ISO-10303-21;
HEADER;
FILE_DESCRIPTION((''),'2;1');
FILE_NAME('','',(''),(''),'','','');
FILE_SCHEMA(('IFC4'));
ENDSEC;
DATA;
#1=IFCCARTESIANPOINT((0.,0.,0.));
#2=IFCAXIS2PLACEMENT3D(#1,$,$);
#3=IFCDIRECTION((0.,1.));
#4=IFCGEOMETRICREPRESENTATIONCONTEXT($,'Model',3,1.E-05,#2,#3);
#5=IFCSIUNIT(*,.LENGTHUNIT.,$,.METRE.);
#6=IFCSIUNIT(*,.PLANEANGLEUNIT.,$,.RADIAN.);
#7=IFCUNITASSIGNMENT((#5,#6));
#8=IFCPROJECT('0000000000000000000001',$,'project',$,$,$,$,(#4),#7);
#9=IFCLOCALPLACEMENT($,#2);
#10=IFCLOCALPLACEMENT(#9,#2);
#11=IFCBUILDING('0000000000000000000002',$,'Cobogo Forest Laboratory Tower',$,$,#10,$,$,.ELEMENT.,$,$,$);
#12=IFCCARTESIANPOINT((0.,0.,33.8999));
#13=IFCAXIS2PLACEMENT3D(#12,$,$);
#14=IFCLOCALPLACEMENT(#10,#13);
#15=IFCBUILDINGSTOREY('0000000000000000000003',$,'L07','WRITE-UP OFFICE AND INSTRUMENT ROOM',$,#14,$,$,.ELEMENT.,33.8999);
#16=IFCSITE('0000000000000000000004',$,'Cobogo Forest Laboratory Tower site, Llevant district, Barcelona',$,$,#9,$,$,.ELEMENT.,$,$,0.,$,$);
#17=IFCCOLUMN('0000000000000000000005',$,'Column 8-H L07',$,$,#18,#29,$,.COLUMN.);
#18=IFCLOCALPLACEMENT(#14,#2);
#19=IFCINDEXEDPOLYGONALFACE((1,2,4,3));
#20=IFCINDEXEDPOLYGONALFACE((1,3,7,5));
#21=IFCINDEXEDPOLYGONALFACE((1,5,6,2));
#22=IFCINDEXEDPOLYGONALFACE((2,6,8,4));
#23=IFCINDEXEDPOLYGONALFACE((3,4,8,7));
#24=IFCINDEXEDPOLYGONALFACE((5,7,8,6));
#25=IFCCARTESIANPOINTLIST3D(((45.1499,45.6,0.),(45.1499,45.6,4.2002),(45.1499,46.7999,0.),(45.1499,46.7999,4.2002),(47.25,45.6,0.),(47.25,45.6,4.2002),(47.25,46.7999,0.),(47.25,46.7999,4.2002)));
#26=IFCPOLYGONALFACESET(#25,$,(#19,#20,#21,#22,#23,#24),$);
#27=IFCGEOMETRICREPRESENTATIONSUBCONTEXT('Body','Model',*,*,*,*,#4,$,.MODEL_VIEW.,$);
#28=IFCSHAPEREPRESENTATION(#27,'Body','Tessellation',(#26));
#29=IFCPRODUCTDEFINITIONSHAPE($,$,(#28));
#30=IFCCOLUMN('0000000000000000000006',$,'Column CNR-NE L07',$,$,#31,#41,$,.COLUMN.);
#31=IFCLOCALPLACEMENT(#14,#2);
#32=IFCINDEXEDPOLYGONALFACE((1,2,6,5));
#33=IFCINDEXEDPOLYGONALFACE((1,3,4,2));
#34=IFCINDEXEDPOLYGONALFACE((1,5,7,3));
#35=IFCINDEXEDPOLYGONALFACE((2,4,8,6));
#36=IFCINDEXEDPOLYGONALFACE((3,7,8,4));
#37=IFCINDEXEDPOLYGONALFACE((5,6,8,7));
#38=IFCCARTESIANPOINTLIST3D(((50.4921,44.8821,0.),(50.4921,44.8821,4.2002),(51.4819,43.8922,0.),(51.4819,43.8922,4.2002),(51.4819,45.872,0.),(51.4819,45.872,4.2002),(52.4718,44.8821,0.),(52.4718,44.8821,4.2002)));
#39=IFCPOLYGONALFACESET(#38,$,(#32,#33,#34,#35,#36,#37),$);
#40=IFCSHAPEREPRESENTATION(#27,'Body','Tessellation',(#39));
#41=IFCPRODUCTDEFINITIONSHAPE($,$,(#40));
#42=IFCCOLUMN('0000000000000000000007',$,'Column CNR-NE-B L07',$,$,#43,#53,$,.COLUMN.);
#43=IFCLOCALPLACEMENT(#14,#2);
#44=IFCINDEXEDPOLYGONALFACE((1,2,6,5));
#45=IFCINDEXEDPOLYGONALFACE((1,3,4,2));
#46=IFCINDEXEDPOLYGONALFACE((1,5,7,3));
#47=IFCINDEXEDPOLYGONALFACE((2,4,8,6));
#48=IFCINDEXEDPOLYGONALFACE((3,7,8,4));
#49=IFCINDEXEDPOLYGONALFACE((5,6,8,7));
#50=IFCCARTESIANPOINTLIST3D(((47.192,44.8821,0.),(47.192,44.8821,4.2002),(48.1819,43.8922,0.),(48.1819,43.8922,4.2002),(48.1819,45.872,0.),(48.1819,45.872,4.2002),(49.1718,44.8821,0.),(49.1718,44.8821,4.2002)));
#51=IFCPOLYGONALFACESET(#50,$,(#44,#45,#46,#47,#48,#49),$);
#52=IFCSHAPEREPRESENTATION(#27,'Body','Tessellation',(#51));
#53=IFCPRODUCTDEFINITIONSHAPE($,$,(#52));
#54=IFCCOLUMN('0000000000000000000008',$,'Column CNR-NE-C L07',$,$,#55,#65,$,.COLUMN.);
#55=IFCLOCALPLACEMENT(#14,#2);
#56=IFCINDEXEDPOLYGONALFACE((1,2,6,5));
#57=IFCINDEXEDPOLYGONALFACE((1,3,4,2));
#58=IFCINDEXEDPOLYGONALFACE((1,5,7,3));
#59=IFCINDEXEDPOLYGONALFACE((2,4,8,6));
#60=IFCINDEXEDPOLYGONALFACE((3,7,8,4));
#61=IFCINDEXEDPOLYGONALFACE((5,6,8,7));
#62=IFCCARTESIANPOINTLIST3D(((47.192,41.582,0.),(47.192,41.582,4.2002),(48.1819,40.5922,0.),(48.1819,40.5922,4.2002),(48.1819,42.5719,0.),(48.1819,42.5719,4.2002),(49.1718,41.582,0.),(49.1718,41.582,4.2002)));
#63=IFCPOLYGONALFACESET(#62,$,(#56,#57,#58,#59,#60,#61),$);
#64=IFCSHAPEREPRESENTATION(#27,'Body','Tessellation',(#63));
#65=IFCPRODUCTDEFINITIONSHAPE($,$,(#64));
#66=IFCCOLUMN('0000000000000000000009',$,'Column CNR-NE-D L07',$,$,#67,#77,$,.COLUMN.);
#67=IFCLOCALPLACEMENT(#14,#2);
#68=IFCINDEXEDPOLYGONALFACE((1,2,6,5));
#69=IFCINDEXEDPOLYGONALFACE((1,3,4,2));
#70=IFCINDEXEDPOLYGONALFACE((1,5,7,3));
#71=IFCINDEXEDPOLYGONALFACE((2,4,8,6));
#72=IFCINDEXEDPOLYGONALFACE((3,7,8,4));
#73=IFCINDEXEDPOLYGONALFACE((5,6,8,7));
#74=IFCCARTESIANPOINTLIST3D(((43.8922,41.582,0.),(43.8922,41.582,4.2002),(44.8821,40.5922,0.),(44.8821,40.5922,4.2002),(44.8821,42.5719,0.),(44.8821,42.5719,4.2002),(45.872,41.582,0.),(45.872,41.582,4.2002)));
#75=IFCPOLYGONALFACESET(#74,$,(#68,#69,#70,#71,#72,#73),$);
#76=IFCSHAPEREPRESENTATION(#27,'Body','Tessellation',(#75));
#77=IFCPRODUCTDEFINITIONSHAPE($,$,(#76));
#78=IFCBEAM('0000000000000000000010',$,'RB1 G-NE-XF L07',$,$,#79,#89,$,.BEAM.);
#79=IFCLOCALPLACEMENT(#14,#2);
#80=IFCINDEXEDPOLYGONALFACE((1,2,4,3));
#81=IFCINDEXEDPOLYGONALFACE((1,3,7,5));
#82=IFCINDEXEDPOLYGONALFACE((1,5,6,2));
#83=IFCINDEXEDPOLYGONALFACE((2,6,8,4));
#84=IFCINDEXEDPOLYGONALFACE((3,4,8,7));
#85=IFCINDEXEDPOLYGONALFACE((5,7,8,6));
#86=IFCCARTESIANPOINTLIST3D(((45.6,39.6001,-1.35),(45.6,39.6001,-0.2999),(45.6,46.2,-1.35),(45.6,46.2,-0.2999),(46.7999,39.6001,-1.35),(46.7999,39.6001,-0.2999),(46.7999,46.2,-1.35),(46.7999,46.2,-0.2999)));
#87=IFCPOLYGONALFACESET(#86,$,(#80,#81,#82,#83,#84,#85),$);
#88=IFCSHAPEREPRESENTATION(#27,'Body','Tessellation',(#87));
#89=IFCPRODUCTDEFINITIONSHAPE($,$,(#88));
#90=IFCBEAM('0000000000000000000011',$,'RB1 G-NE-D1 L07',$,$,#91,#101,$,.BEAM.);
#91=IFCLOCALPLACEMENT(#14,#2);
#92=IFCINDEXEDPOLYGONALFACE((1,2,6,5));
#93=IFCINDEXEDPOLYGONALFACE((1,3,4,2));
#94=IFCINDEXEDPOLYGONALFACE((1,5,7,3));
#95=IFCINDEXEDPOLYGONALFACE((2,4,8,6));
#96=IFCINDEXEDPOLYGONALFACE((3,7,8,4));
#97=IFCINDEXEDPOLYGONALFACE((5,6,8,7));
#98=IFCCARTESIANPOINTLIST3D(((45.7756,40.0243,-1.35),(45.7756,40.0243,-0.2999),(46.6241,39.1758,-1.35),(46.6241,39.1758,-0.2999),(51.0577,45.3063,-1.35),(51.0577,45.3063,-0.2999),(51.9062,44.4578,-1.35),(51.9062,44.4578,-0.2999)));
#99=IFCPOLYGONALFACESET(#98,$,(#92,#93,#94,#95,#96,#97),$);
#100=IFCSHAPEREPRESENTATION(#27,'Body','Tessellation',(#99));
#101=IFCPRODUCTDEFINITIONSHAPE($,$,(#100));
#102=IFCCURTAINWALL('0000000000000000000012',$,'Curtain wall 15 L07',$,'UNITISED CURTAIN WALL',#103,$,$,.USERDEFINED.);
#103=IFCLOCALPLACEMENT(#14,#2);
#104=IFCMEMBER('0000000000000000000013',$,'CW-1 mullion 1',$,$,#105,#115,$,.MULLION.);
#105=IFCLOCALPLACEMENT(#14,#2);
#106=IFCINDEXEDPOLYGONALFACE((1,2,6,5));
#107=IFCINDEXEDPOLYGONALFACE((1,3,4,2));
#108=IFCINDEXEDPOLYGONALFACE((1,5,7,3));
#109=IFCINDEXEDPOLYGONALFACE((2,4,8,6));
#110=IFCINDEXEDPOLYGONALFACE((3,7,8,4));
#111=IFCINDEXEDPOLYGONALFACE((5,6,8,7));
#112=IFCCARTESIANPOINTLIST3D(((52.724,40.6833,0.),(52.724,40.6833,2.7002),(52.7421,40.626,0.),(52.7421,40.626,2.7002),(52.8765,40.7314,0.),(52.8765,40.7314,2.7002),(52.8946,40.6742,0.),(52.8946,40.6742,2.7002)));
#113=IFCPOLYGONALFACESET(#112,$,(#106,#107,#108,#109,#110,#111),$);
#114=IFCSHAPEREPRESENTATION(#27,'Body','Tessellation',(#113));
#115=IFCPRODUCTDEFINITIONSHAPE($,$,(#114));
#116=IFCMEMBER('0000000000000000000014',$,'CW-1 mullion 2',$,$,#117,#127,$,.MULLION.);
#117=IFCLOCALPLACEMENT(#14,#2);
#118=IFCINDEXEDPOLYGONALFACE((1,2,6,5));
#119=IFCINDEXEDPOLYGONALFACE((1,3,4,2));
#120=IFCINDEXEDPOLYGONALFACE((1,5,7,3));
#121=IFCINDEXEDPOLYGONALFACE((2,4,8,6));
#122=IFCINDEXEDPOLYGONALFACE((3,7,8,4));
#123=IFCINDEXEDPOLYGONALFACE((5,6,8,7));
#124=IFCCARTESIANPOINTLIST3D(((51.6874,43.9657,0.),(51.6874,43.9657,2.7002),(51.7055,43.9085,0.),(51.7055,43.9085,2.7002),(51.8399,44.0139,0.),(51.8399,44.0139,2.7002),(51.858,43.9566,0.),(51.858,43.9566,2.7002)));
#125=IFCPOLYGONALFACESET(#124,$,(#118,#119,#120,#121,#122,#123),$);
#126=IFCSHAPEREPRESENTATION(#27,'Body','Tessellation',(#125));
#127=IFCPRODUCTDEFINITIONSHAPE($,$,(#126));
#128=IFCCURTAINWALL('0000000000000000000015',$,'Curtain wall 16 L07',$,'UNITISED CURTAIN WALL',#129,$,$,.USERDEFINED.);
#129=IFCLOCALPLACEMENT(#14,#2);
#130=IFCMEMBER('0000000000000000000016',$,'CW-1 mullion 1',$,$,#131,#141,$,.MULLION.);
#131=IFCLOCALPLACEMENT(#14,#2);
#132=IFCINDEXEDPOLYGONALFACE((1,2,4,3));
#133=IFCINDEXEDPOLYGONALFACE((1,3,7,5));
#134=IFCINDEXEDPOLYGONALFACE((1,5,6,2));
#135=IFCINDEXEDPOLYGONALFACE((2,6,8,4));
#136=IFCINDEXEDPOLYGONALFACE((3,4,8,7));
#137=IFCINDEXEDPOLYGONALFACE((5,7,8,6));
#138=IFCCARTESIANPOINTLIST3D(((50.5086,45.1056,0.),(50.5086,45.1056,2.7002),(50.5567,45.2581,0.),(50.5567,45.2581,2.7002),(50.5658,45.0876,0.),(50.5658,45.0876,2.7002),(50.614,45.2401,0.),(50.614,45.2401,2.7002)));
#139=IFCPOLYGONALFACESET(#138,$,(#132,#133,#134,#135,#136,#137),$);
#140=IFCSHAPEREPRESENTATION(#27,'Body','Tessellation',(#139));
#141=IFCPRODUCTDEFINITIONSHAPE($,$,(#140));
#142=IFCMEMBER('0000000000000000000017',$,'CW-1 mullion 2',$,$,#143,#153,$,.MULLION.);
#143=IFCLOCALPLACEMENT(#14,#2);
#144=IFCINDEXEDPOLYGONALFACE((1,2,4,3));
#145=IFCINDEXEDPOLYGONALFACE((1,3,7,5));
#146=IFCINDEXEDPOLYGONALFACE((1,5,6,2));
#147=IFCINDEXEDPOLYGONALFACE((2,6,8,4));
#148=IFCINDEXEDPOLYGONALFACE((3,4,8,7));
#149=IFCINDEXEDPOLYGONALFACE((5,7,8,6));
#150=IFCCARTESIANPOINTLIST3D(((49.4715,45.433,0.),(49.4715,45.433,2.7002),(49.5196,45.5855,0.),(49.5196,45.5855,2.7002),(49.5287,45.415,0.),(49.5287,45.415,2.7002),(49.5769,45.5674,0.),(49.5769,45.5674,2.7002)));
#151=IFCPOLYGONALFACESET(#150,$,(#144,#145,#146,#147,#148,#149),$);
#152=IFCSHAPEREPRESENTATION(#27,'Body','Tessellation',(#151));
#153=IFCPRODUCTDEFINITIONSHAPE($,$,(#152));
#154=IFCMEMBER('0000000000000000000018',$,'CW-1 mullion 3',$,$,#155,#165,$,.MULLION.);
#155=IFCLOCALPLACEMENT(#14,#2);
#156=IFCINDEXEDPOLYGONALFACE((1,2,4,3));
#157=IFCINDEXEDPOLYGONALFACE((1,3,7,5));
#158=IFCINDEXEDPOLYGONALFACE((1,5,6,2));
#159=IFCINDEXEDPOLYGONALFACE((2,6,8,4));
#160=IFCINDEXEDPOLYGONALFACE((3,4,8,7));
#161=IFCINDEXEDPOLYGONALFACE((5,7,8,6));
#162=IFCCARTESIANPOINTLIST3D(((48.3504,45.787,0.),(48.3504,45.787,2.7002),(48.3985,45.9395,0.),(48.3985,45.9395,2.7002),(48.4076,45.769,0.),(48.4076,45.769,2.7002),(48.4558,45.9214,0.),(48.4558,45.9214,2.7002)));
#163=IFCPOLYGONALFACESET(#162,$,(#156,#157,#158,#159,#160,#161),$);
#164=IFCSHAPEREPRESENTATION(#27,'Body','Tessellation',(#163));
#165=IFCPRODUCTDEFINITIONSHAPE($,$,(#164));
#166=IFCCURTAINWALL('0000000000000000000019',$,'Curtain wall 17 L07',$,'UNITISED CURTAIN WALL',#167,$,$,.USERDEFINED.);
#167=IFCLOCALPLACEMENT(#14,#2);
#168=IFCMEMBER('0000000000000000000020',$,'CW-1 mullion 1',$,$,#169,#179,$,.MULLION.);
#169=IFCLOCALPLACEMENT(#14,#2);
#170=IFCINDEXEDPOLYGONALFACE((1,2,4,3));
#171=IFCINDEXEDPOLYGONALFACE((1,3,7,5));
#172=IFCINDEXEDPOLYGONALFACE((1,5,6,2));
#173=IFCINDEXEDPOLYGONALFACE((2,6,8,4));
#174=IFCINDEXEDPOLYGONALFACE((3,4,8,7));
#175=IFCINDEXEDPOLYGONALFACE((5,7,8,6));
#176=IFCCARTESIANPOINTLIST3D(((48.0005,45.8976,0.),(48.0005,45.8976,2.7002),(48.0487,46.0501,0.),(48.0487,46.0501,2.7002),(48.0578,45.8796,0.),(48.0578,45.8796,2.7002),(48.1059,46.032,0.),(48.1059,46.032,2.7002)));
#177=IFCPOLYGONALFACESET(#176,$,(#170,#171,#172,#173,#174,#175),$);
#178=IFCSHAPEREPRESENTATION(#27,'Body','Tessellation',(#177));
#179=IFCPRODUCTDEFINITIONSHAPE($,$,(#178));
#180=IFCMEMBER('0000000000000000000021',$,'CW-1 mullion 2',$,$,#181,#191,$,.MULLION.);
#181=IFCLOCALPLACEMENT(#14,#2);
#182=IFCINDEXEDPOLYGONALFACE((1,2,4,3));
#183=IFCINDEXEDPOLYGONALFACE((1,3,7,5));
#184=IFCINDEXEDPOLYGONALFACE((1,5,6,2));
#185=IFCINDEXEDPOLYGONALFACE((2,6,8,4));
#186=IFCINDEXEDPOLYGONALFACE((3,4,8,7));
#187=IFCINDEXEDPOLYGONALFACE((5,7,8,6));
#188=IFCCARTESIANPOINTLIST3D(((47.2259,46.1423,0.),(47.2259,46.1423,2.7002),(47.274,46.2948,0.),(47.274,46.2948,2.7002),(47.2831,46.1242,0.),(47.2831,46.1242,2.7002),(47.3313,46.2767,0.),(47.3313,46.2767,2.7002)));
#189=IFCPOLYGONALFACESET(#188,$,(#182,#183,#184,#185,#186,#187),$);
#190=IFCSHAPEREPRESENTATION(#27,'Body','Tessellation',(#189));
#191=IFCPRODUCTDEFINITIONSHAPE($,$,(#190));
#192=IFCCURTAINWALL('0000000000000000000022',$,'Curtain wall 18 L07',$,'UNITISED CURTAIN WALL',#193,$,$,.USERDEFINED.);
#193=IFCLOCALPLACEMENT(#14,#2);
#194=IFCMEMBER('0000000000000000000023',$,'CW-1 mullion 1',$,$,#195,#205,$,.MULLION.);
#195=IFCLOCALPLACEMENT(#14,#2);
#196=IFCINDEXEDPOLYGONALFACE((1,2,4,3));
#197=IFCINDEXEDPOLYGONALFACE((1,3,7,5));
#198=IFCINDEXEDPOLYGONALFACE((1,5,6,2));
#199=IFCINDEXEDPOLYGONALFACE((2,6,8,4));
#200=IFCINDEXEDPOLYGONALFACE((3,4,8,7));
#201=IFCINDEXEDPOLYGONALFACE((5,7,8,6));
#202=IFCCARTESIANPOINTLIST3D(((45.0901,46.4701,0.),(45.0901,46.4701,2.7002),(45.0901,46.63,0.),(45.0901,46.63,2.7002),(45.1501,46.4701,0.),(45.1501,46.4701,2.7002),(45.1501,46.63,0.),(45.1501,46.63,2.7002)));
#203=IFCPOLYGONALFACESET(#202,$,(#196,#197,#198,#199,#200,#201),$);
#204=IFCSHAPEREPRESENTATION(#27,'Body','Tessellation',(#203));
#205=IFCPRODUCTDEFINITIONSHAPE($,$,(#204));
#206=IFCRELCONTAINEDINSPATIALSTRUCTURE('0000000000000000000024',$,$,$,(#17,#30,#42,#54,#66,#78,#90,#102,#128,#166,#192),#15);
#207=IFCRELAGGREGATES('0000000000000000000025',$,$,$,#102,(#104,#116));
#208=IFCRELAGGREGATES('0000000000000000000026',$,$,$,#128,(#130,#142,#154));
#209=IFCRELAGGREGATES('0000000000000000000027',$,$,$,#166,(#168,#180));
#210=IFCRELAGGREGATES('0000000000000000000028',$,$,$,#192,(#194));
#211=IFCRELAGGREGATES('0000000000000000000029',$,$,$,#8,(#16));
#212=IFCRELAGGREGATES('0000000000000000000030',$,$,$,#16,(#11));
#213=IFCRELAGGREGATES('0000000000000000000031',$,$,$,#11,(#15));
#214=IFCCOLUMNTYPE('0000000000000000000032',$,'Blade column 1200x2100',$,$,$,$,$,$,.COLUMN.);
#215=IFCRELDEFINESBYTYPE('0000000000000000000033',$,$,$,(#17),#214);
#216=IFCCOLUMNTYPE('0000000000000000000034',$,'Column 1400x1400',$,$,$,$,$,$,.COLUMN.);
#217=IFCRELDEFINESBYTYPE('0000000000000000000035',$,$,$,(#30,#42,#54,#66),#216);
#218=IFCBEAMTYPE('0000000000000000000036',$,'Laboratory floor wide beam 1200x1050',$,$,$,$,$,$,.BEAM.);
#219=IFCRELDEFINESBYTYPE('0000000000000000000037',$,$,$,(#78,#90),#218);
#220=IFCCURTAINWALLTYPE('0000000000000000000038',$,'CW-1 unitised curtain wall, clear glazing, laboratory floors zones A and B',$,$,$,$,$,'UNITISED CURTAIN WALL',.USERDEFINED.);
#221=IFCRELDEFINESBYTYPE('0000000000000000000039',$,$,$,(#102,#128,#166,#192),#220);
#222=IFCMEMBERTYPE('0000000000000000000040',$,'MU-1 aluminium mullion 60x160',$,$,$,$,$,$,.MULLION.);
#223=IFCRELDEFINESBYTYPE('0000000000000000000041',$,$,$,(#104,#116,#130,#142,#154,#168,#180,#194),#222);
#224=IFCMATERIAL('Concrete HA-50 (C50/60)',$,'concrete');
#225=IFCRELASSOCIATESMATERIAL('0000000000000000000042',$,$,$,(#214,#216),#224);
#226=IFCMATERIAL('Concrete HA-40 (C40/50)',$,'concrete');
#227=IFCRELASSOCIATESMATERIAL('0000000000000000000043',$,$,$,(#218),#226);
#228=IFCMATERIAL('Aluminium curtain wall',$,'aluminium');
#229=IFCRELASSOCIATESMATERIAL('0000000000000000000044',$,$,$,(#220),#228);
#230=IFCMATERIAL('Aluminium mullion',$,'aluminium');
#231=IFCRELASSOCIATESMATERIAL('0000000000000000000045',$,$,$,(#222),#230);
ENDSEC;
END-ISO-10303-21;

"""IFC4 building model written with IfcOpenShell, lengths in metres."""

from ifc_helpers import new_model, si_unit, direction, frame, origin, origin_2d, place, context, subcontext, project, spatial, rectangle, extrude, material, material_profile, profile_set, type_object, element, aggregate, save


model = new_model("IFC4")

# Units and contexts
model_context = context("Model", 3, precision=1e-05, world=origin(), true_north=direction((0.0, 1.0)))
body_context = subcontext(model_context, "Body", "Model", "MODEL_VIEW")
ifc_project = project(units=[si_unit("LENGTHUNIT", "METRE"), si_unit("PLANEANGLEUNIT", "RADIAN")], contexts=[model_context])

# Site, building, storey
site_placement = place(None, origin())
site = spatial("IfcSite", under=ifc_project, at=site_placement, Name="Cobogo Forest Laboratory Tower site, Llevant district, Barcelona", CompositionType="ELEMENT", RefElevation=0.0)
building_placement = place(site_placement, origin())
building = spatial("IfcBuilding", under=site, at=building_placement, Name="Cobogo Forest Laboratory Tower", CompositionType="ELEMENT")
storey_placement = place(building_placement, frame((0.0, 0.0, 33.8999)))
storey = spatial("IfcBuildingStorey", under=building, at=storey_placement, Name="L07", Description="WRITE-UP OFFICE AND INSTRUMENT ROOM", CompositionType="ELEMENT", Elevation=33.8999)

# Columns
ifc_material_1 = material(Name="Concrete HA-50 (C50/60)", Category="concrete")
ifc_material_profile_1 = material_profile(ifc_material_1, rectangle(XDim=2.1001, YDim=1.2, at=origin_2d()), Name="RC 1200x2100")
ifc_profile_set_1 = profile_set([ifc_material_profile_1], Name="Concrete HA-50 (C50/60)")
column_type_1 = type_object("IfcColumnType", Name="Blade column 1200x2100", PredefinedType="COLUMN", material=ifc_profile_set_1)
column_placement = place(storey_placement, frame((46.2, 46.2, 0.0), z_axis=(0.0, 0.0, 1.0), x_axis=(1.0, 0.0, 0.0)))
element("IfcColumn", 1, at=column_placement, inside=storey, type_object=column_type_1, Name="Column 8-H L07", PredefinedType="COLUMN", context=body_context, shape_type="SweptSolid", body=[
    extrude(rectangle(XDim=2.1001, YDim=1.2, at=origin_2d()), origin(), (0.0, 0.0, 1.0), 4.2002),
])
ifc_material_profile_2 = material_profile(ifc_material_1, rectangle(XDim=1.3999, YDim=1.3999, at=origin_2d()), Name="RC 1400x1400")
ifc_profile_set_2 = profile_set([ifc_material_profile_2], Name="Concrete HA-50 (C50/60)")
column_type_2 = type_object("IfcColumnType", Name="Column 1400x1400", PredefinedType="COLUMN", material=ifc_profile_set_2)
for number, where, z_axis, x_axis, name in (
    (2, (51.4819, 44.8821, 0.0), (0.0, 0.0, 1.0), (0.707107, 0.707107, 0.0), "Column CNR-NE L07"),
    (3, (48.1819, 44.8821, 0.0), (0.0, 0.0, 1.0), (0.707107, 0.707107, 0.0), "Column CNR-NE-B L07"),
    (4, (48.1819, 41.582, 0.0), (0.0, 0.0, 1.0), (0.707107, 0.707107, 0.0), "Column CNR-NE-C L07"),
    (5, (44.8821, 41.582, 0.0), (0.0, 0.0, 1.0), (0.707107, 0.707107, 0.0), "Column CNR-NE-D L07"),
):
    element("IfcColumn", number, at=place(storey_placement, frame(where, z_axis=z_axis, x_axis=x_axis)), inside=storey, type_object=column_type_2, Name=name, PredefinedType="COLUMN", context=body_context, shape_type="SweptSolid", body=[
        extrude(rectangle(XDim=1.3999, YDim=1.3999, at=origin_2d()), origin(), (0.0, 0.0, 1.0), 4.2002),
    ])

# Beams
ifc_material_2 = material(Name="Concrete HA-40 (C40/50)", Category="concrete")
ifc_material_profile_3 = material_profile(ifc_material_2, rectangle(XDim=1.2, YDim=1.05, at=origin_2d()), Name="RC 1200x1050")
ifc_profile_set_3 = profile_set([ifc_material_profile_3], Name="Concrete HA-40 (C40/50)")
beam_type_1 = type_object("IfcBeamType", Name="Laboratory floor wide beam 1200x1050", PredefinedType="BEAM", material=ifc_profile_set_3)
beam_1_placement = place(storey_placement, frame((46.2, 46.2, -0.825), z_axis=(0.0, -1.0, 0.0), x_axis=(1.0, 0.0, 0.0)))
element("IfcBeam", 6, at=beam_1_placement, inside=storey, type_object=beam_type_1, Name="RB1 G-NE-XF L07", PredefinedType="BEAM", context=body_context, shape_type="SweptSolid", body=[
    extrude(rectangle(XDim=1.2, YDim=1.05, at=origin_2d()), origin(), (0.0, 0.0, 1.0), 6.5999),
])
beam_2_placement = place(storey_placement, frame((51.4819, 44.8821, -0.825), z_axis=(-0.707107, -0.707107, 0.0), x_axis=(0.707107, -0.707107, 0.0)))
element("IfcBeam", 7, at=beam_2_placement, inside=storey, type_object=beam_type_1, Name="RB1 G-NE-D1 L07", PredefinedType="BEAM", context=body_context, shape_type="SweptSolid", body=[
    extrude(rectangle(XDim=1.2, YDim=1.05, at=origin_2d()), origin(), (0.0, 0.0, 1.0), 7.47),
])

# Curtain walls, members
ifc_material_3 = material(Name="Aluminium curtain wall", Category="aluminium")
curtain_wall_type = type_object("IfcCurtainWallType", Name="CW-1 unitised curtain wall, clear glazing, laboratory floors zones A and B", ElementType="UNITISED CURTAIN WALL", PredefinedType="USERDEFINED", material=ifc_material_3)
curtain_wall_1_placement = place(storey_placement, origin())
curtain_wall_1 = element("IfcCurtainWall", 8, at=curtain_wall_1_placement, inside=storey, type_object=curtain_wall_type, Name="Curtain wall 15 L07", ObjectType="UNITISED CURTAIN WALL", PredefinedType="USERDEFINED")
ifc_material_4 = material(Name="Aluminium mullion", Category="aluminium")
ifc_material_profile_4 = material_profile(ifc_material_4, rectangle(XDim=0.0601, YDim=0.1599, at=origin_2d()), Name="AL 60x160")
ifc_profile_set_4 = profile_set([ifc_material_profile_4], Name="Aluminium mullion")
member_type_1 = type_object("IfcMemberType", Name="MU-1 aluminium mullion 60x160", PredefinedType="MULLION", material=ifc_profile_set_4)
member_1_placement = place(storey_placement, frame((52.8093, 40.6787, 0.0), z_axis=(0.0, 0.0, 1.0), x_axis=(-0.301135, 0.953581, 0.0)))
member_1 = element("IfcMember", 9, at=member_1_placement, type_object=member_type_1, Name="CW-1 mullion 1", PredefinedType="MULLION", context=body_context, shape_type="SweptSolid", body=[
    extrude(rectangle(XDim=0.0601, YDim=0.1599, at=origin_2d()), origin(), (0.0, 0.0, 1.0), 2.7002),
])
member_2_placement = place(storey_placement, frame((51.7727, 43.9612, 0.0), z_axis=(0.0, 0.0, 1.0), x_axis=(-0.301135, 0.953581, 0.0)))
member_2 = element("IfcMember", 10, at=member_2_placement, type_object=member_type_1, Name="CW-1 mullion 2", PredefinedType="MULLION", context=body_context, shape_type="SweptSolid", body=[
    extrude(rectangle(XDim=0.0601, YDim=0.1599, at=origin_2d()), origin(), (0.0, 0.0, 1.0), 2.7002),
])
curtain_wall_2_placement = place(storey_placement, origin())
curtain_wall_2 = element("IfcCurtainWall", 11, at=curtain_wall_2_placement, inside=storey, type_object=curtain_wall_type, Name="Curtain wall 16 L07", ObjectType="UNITISED CURTAIN WALL", PredefinedType="USERDEFINED")
member_3_placement = place(storey_placement, frame((50.5613, 45.1729, 0.0), z_axis=(0.0, 0.0, 1.0), x_axis=(-0.953581, 0.301135, 0.0)))
member_3 = element("IfcMember", 12, at=member_3_placement, type_object=member_type_1, Name="CW-1 mullion 1", PredefinedType="MULLION", context=body_context, shape_type="SweptSolid", body=[
    extrude(rectangle(XDim=0.0601, YDim=0.1599, at=origin_2d()), origin(), (0.0, 0.0, 1.0), 2.7002),
])
member_4_placement = place(storey_placement, frame((49.5242, 45.5002, 0.0), z_axis=(0.0, 0.0, 1.0), x_axis=(-0.953581, 0.301135, 0.0)))
member_4 = element("IfcMember", 13, at=member_4_placement, type_object=member_type_1, Name="CW-1 mullion 2", PredefinedType="MULLION", context=body_context, shape_type="SweptSolid", body=[
    extrude(rectangle(XDim=0.0601, YDim=0.1599, at=origin_2d()), origin(), (0.0, 0.0, 1.0), 2.7002),
])
member_5_placement = place(storey_placement, frame((48.4031, 45.8542, 0.0), z_axis=(0.0, 0.0, 1.0), x_axis=(-0.953581, 0.301135, 0.0)))
member_5 = element("IfcMember", 14, at=member_5_placement, type_object=member_type_1, Name="CW-1 mullion 3", PredefinedType="MULLION", context=body_context, shape_type="SweptSolid", body=[
    extrude(rectangle(XDim=0.0601, YDim=0.1599, at=origin_2d()), origin(), (0.0, 0.0, 1.0), 2.7002),
])
curtain_wall_3_placement = place(storey_placement, origin())
curtain_wall_3 = element("IfcCurtainWall", 15, at=curtain_wall_3_placement, inside=storey, type_object=curtain_wall_type, Name="Curtain wall 17 L07", ObjectType="UNITISED CURTAIN WALL", PredefinedType="USERDEFINED")
member_6_placement = place(storey_placement, frame((48.0532, 45.9648, 0.0), z_axis=(0.0, 0.0, 1.0), x_axis=(-0.953582, 0.301135, 0.0)))
member_6 = element("IfcMember", 16, at=member_6_placement, type_object=member_type_1, Name="CW-1 mullion 1", PredefinedType="MULLION", context=body_context, shape_type="SweptSolid", body=[
    extrude(rectangle(XDim=0.0601, YDim=0.1599, at=origin_2d()), origin(), (0.0, 0.0, 1.0), 2.7002),
])
member_7_placement = place(storey_placement, frame((47.2786, 46.2095, 0.0), z_axis=(0.0, 0.0, 1.0), x_axis=(-0.953582, 0.301135, 0.0)))
member_7 = element("IfcMember", 17, at=member_7_placement, type_object=member_type_1, Name="CW-1 mullion 2", PredefinedType="MULLION", context=body_context, shape_type="SweptSolid", body=[
    extrude(rectangle(XDim=0.0601, YDim=0.1599, at=origin_2d()), origin(), (0.0, 0.0, 1.0), 2.7002),
])
curtain_wall_4_placement = place(storey_placement, origin())
curtain_wall_4 = element("IfcCurtainWall", 18, at=curtain_wall_4_placement, inside=storey, type_object=curtain_wall_type, Name="Curtain wall 18 L07", ObjectType="UNITISED CURTAIN WALL", PredefinedType="USERDEFINED")
member_8_placement = place(storey_placement, frame((45.1201, 46.55, 0.0), z_axis=(0.0, 0.0, 1.0), x_axis=(-1.0, 0.0, 0.0)))
member_8 = element("IfcMember", 19, at=member_8_placement, type_object=member_type_1, Name="CW-1 mullion 1", PredefinedType="MULLION", context=body_context, shape_type="SweptSolid", body=[
    extrude(rectangle(XDim=0.0601, YDim=0.1599, at=origin_2d()), origin(), (0.0, 0.0, 1.0), 2.7002),
])

aggregate(curtain_wall_1, [member_1, member_2])
aggregate(curtain_wall_2, [member_3, member_4, member_5])
aggregate(curtain_wall_3, [member_6, member_7])
aggregate(curtain_wall_4, [member_8])

save(model, "model.ifc")
